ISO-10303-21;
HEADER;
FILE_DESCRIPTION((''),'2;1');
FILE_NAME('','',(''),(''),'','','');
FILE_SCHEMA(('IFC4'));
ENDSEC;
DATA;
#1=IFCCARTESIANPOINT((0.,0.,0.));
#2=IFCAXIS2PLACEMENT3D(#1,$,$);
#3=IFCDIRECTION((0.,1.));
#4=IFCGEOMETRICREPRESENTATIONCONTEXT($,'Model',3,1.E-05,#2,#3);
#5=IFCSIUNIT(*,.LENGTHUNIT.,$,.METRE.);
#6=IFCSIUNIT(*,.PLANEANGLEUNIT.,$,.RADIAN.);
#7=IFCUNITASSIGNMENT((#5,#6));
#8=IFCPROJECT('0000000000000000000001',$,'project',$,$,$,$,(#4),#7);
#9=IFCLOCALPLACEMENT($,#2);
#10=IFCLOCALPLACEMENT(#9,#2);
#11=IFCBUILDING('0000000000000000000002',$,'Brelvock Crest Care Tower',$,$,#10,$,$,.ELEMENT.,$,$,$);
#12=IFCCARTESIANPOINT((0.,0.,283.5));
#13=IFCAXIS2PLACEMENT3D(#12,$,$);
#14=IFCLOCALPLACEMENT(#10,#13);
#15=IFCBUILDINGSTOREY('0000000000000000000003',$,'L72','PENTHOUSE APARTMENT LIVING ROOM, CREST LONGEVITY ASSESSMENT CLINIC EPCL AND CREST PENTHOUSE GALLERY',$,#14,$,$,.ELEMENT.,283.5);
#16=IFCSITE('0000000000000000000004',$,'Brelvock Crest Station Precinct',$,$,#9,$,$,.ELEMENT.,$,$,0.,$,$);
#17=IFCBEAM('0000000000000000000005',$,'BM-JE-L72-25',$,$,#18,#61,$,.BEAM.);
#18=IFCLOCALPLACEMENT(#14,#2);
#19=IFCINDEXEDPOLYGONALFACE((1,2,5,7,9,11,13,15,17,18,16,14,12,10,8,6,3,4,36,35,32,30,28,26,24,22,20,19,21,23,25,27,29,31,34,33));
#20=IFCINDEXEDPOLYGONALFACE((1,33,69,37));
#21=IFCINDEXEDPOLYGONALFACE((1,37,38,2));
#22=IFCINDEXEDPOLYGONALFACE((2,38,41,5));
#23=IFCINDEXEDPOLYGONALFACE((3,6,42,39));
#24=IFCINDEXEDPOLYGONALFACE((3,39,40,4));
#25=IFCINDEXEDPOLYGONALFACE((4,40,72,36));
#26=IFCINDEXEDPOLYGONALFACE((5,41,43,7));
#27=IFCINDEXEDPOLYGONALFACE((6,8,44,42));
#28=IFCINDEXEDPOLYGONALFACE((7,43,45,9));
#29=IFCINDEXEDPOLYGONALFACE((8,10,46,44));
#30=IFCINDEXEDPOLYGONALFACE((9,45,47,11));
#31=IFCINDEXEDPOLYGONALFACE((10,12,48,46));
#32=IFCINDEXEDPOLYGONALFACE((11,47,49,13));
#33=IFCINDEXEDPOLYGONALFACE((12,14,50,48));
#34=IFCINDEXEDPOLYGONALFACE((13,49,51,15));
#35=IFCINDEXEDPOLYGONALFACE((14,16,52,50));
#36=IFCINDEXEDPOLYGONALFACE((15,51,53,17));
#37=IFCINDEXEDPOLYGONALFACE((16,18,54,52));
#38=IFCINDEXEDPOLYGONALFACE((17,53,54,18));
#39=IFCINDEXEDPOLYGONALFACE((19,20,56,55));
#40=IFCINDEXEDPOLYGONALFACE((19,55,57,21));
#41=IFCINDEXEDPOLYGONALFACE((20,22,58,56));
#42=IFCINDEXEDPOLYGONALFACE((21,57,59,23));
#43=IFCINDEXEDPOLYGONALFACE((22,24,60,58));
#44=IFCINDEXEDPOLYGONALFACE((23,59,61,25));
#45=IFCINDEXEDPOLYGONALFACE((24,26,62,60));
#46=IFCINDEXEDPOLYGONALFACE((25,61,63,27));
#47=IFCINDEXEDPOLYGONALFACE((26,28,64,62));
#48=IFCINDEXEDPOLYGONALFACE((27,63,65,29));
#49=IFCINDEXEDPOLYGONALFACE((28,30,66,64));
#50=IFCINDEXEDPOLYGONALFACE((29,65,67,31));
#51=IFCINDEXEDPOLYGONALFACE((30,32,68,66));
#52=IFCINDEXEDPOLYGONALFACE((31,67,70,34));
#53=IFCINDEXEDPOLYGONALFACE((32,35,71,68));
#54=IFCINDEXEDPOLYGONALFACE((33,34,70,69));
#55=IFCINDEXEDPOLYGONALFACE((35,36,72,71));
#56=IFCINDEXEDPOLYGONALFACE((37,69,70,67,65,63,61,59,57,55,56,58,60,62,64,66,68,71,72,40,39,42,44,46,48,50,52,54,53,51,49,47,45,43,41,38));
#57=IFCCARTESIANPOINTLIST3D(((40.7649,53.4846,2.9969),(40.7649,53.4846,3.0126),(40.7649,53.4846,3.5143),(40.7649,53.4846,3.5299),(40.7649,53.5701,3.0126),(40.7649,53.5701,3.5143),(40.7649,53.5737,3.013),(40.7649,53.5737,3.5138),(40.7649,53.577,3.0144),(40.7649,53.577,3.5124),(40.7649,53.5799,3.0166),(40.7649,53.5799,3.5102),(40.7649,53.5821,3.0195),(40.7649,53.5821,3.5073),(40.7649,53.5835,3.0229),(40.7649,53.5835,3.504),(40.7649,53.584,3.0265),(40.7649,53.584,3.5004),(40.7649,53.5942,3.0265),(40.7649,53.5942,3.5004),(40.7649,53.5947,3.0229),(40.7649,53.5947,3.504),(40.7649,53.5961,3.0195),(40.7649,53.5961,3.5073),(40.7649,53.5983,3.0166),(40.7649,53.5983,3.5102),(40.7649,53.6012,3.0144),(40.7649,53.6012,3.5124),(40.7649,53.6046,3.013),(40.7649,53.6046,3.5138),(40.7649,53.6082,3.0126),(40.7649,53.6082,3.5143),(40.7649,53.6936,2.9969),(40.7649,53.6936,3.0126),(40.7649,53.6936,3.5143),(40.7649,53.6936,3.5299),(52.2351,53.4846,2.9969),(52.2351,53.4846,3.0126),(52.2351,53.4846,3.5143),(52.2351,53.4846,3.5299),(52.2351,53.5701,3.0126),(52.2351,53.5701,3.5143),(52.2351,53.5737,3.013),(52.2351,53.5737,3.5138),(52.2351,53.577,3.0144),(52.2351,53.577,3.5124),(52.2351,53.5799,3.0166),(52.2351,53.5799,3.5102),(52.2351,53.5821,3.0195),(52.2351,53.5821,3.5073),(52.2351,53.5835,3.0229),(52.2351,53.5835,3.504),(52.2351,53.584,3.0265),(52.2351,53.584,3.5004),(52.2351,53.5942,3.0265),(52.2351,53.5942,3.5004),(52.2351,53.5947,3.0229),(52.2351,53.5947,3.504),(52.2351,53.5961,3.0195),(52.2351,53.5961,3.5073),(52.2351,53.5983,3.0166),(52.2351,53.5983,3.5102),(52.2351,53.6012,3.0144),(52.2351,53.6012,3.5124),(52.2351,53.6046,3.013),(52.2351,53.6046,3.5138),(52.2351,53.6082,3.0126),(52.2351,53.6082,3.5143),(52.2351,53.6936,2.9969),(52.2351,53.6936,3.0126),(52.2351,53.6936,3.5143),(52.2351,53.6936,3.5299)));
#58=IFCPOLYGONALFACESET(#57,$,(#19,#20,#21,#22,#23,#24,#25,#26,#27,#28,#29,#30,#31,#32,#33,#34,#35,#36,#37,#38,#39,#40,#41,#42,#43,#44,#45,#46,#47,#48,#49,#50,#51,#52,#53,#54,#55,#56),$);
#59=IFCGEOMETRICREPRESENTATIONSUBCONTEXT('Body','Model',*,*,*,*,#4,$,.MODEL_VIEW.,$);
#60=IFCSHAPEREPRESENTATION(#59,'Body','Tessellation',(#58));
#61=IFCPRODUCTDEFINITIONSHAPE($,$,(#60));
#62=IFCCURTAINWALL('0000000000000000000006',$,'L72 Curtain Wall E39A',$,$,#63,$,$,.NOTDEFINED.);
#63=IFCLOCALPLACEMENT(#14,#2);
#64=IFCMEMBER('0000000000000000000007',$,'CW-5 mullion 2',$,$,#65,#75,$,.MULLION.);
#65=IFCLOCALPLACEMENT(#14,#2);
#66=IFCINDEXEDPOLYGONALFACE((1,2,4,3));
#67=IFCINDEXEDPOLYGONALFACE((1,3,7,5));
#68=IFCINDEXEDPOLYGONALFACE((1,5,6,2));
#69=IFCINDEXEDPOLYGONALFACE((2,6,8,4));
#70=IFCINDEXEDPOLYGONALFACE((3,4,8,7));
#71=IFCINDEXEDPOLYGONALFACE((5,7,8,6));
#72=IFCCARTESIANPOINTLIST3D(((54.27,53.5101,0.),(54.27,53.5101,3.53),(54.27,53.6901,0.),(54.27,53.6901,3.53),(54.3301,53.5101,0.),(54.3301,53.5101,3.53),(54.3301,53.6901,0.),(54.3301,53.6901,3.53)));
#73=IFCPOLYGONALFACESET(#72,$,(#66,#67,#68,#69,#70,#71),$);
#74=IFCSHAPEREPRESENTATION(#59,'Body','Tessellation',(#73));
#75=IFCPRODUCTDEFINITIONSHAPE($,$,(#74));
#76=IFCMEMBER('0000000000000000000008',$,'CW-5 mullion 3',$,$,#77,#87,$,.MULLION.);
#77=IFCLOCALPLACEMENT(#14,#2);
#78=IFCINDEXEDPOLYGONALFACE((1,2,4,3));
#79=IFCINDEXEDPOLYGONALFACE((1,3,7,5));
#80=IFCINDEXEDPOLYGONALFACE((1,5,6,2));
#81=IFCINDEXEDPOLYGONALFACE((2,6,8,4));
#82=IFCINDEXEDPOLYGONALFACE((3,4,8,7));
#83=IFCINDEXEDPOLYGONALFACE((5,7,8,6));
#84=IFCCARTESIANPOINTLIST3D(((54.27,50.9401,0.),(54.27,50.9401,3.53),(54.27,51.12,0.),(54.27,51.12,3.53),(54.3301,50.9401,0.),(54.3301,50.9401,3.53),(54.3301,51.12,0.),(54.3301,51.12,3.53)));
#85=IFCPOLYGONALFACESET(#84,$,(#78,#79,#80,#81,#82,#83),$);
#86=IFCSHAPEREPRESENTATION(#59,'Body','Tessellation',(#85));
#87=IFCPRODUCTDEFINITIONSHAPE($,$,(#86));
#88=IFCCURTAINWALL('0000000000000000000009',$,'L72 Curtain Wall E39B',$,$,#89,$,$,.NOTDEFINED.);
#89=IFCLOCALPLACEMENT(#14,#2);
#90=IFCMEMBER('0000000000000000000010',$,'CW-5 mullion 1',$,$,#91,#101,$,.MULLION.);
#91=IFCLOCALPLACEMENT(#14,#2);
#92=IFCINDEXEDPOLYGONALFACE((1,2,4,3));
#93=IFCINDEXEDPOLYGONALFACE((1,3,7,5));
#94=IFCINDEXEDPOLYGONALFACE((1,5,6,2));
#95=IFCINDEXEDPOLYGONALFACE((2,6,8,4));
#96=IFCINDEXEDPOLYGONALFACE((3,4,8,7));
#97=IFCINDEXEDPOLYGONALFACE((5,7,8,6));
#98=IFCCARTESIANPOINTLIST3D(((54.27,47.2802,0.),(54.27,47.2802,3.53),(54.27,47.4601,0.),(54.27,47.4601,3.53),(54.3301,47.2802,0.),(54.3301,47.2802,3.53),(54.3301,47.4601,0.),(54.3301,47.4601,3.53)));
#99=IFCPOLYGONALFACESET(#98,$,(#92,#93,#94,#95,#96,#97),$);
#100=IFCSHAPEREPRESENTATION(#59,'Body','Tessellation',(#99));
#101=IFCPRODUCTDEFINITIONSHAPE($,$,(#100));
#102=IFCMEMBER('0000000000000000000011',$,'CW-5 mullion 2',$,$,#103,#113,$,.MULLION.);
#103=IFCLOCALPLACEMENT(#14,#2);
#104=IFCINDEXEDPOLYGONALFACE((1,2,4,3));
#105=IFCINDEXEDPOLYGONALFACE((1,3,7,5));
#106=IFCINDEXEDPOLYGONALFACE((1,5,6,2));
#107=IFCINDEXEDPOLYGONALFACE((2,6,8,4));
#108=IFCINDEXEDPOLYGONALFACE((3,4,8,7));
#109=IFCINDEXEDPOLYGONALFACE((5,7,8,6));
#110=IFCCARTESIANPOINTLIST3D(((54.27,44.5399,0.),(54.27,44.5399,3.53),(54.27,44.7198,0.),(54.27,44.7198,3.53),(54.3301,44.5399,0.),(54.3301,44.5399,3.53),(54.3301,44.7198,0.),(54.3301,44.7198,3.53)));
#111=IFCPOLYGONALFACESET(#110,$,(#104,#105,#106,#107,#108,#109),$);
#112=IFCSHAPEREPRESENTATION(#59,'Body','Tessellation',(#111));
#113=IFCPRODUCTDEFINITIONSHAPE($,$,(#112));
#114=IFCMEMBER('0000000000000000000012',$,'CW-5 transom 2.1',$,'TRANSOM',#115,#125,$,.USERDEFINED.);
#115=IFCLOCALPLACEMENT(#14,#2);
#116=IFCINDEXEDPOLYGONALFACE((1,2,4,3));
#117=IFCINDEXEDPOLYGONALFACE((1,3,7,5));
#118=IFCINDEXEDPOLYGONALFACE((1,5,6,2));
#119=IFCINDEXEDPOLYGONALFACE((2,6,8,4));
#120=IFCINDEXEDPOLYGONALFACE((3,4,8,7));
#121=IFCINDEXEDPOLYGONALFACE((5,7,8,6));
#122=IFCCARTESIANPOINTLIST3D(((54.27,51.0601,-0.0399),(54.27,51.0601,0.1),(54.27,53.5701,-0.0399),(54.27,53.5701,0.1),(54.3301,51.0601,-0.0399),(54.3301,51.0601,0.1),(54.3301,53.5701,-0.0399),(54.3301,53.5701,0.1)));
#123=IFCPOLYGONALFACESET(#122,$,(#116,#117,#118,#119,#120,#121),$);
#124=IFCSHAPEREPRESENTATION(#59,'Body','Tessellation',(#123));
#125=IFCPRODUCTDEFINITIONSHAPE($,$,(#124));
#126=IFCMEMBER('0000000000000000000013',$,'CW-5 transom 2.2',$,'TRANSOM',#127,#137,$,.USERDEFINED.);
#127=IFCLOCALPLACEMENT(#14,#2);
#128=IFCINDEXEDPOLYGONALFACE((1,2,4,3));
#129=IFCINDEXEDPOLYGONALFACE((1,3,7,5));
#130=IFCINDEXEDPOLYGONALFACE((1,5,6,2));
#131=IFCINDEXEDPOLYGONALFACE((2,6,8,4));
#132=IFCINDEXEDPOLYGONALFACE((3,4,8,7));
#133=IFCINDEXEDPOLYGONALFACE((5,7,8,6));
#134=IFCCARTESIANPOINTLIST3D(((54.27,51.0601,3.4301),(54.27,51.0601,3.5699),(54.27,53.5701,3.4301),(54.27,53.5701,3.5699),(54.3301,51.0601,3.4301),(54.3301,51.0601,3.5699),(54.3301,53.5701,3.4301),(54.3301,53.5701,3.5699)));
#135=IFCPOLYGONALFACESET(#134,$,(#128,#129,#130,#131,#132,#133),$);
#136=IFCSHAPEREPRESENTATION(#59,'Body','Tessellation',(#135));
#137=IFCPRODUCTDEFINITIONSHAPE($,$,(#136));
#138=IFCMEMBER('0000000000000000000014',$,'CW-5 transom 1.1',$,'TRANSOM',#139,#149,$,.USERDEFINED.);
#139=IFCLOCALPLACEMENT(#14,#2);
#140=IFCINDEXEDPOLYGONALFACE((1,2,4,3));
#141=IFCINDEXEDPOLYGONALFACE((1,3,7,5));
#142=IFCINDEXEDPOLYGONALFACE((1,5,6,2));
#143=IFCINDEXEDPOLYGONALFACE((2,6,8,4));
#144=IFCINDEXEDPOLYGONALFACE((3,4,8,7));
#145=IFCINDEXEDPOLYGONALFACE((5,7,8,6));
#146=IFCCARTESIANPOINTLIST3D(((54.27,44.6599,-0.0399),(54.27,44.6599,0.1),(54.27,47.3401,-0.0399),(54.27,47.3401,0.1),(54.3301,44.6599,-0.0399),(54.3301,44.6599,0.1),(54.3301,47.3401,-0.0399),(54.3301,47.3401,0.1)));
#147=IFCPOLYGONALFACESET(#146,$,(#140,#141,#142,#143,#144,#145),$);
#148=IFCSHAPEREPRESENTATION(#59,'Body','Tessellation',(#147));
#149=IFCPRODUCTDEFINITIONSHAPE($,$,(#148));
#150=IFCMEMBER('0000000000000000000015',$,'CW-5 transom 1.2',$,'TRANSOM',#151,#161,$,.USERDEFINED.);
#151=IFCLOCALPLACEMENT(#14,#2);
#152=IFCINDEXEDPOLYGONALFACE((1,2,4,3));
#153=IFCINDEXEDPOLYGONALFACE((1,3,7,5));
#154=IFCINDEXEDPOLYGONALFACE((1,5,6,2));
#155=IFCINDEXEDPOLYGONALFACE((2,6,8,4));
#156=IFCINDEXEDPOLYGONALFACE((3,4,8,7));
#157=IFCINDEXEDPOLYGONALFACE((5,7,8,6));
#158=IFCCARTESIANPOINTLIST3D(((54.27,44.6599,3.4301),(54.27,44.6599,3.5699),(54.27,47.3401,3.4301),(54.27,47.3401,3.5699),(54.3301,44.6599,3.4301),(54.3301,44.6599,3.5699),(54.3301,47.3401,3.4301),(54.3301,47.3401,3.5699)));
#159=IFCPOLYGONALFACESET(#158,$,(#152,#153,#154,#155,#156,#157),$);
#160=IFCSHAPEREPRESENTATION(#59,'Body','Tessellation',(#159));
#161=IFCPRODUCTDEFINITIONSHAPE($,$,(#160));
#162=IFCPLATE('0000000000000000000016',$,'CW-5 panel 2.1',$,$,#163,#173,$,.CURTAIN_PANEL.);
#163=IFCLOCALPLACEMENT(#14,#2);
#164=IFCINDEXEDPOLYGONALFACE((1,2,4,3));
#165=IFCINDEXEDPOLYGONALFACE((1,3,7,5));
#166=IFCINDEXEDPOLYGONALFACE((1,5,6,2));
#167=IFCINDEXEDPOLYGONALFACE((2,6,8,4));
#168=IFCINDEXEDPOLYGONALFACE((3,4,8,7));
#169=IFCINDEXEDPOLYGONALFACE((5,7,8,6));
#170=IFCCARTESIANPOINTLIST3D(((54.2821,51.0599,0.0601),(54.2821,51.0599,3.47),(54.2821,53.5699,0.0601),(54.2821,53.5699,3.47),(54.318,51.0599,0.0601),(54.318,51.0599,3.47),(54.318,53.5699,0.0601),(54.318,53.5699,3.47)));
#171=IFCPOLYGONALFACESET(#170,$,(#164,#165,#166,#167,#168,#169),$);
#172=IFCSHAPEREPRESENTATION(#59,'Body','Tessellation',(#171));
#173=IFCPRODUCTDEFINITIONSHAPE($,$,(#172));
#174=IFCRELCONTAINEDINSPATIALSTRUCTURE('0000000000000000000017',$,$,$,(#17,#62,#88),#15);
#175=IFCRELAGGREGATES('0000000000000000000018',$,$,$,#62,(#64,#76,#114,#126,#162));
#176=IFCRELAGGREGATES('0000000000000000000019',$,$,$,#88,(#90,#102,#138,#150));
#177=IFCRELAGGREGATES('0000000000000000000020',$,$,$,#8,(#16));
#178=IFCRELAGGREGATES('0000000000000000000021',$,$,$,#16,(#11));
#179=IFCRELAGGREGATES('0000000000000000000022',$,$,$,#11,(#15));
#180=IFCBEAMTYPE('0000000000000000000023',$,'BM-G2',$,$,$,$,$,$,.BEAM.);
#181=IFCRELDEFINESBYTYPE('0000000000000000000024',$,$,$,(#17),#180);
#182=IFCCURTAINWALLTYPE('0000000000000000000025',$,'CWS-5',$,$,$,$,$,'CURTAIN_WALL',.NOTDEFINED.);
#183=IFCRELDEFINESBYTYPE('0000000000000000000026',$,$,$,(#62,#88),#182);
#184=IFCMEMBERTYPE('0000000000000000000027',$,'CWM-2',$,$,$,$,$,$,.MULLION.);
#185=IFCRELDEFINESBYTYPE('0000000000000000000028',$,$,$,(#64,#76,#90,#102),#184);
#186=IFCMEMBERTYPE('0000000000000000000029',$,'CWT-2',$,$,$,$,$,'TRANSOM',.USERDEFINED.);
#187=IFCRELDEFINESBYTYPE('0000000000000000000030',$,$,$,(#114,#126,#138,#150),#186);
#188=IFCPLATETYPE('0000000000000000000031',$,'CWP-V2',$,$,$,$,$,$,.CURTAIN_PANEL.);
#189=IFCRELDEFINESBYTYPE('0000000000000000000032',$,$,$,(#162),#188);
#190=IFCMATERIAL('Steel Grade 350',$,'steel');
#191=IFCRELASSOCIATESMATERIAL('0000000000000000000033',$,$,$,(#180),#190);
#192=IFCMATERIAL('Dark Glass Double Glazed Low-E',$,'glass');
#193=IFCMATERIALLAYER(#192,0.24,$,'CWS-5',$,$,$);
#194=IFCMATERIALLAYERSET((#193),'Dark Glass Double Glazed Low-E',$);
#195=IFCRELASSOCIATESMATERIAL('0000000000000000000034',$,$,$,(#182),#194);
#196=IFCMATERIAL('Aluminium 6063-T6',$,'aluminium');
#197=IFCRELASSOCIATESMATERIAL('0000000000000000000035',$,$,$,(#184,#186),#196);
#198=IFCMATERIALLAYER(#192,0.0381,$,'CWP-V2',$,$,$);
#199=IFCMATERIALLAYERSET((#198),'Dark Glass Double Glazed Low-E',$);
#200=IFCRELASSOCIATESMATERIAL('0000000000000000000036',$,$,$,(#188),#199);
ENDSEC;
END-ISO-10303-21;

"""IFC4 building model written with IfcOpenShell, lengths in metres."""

from ifc_helpers import new_model, si_unit, direction, frame, origin, origin_2d, place, context, subcontext, project, spatial, rectangle, i_section, extrude, source, transform, mapped, material, layer, layer_set, material_profile, profile_set, type_object, element, aggregate, save


model = new_model("IFC4")

# Units and contexts
model_context = context("Model", 3, precision=1e-05, world=origin(), true_north=direction((0.0, 1.0)))
body_context = subcontext(model_context, "Body", "Model", "MODEL_VIEW")
ifc_project = project(units=[si_unit("LENGTHUNIT", "METRE"), si_unit("PLANEANGLEUNIT", "RADIAN")], contexts=[model_context])

# Site, building, storey
site_placement = place(None, origin())
site = spatial("IfcSite", under=ifc_project, at=site_placement, Name="Brelvock Crest Station Precinct", CompositionType="ELEMENT", RefElevation=0.0)
building_placement = place(site_placement, origin())
building = spatial("IfcBuilding", under=site, at=building_placement, Name="Brelvock Crest Care Tower", CompositionType="ELEMENT")
storey_placement = place(building_placement, frame((0.0, 0.0, 283.5)))
storey = spatial("IfcBuildingStorey", under=building, at=storey_placement, Name="L72", Description="PENTHOUSE APARTMENT LIVING ROOM, CREST LONGEVITY ASSESSMENT CLINIC EPCL AND CREST PENTHOUSE GALLERY", CompositionType="ELEMENT", Elevation=283.5)

# Shared definitions
ifc_material_1 = material(Name="Steel Grade 350", Category="steel")

# Beam
ifc_material_profile_1 = material_profile(ifc_material_1, i_section(OverallWidth=0.209, OverallDepth=0.533, WebThickness=0.0103, FlangeThickness=0.0156, FilletRadius=0.0139, at=origin_2d()), Name="530UB92.4")
ifc_profile_set_1 = profile_set([ifc_material_profile_1], Name="Steel Grade 350")
beam_type_1 = type_object("IfcBeamType", Name="BM-G2", PredefinedType="BEAM", material=ifc_profile_set_1)
shared_shape_1 = source(origin(), body_context, "Body", "SweptSolid", [
    extrude(i_section(OverallWidth=0.209, OverallDepth=0.533, WebThickness=0.0103, FlangeThickness=0.0156, FilletRadius=0.0139, at=origin_2d()), origin(), (0.0, 0.0, 1.0), 11.4702),
])
for number, where, z_axis, x_axis, name in (
    (1, (40.7649, 53.5891, 3.2634), (1.0, 0.0, 0.0), (0.0, 1.0, 0.0), "BM-JE-L72-25"),
):
    element("IfcBeam", number, at=place(storey_placement, frame(where, z_axis=z_axis, x_axis=x_axis)), inside=storey, type_object=beam_type_1, Name=name, PredefinedType="BEAM", context=body_context, shape_type="MappedRepresentation", body=[
        mapped(shared_shape_1, transform((0.0, 0.0, 0.0), x_axis=(1.0, 0.0, 0.0), y_axis=(0.0, 1.0, 0.0), z_axis=(0.0, 0.0, 1.0), scale=1.0)),
    ])

# Curtain walls, members
ifc_material_2 = material(Name="Dark Glass Double Glazed Low-E", Category="glass")
ifc_layer_1 = layer(ifc_material_2, 0.24, Name="CWS-5")
ifc_layer_set_1 = layer_set([ifc_layer_1], Name="Dark Glass Double Glazed Low-E")
curtain_wall_type = type_object("IfcCurtainWallType", Name="CWS-5", ElementType="CURTAIN_WALL", PredefinedType="NOTDEFINED", material=ifc_layer_set_1)
curtain_wall_1_placement = place(storey_placement, origin())
curtain_wall_1 = element("IfcCurtainWall", 2, at=curtain_wall_1_placement, inside=storey, type_object=curtain_wall_type, Name="L72 Curtain Wall E39A", PredefinedType="NOTDEFINED")
ifc_material_3 = material(Name="Aluminium 6063-T6", Category="aluminium")
ifc_material_profile_2 = material_profile(ifc_material_3, rectangle(XDim=0.0601, YDim=0.1799, at=origin_2d()), Name="ALU60x180")
ifc_profile_set_2 = profile_set([ifc_material_profile_2], Name="Aluminium 6063-T6")
member_type_1 = type_object("IfcMemberType", Name="CWM-2", PredefinedType="MULLION", material=ifc_profile_set_2)
shared_shape_2 = source(origin(), body_context, "Body", "SweptSolid", [
    extrude(rectangle(XDim=0.0601, YDim=0.1799, at=origin_2d()), origin(), (0.0, 0.0, 1.0), 3.53),
])
member_1_placement = place(storey_placement, frame((54.3, 53.6001, 0.0), z_axis=(0.0, 0.0, 1.0), x_axis=(1.0, 0.0, 0.0)))
member_1 = element("IfcMember", 3, at=member_1_placement, type_object=member_type_1, Name="CW-5 mullion 2", PredefinedType="MULLION", context=body_context, shape_type="MappedRepresentation", body=[
    mapped(shared_shape_2, transform((0.0, 0.0, 0.0), x_axis=(1.0, 0.0, 0.0), y_axis=(0.0, 1.0, 0.0), z_axis=(0.0, 0.0, 1.0), scale=1.0)),
])
member_2_placement = place(storey_placement, frame((54.3, 51.03, 0.0), z_axis=(0.0, 0.0, 1.0), x_axis=(1.0, 0.0, 0.0)))
member_2 = element("IfcMember", 4, at=member_2_placement, type_object=member_type_1, Name="CW-5 mullion 3", PredefinedType="MULLION", context=body_context, shape_type="MappedRepresentation", body=[
    mapped(shared_shape_2, transform((0.0, 0.0, 0.0), x_axis=(1.0, 0.0, 0.0), y_axis=(0.0, 1.0, 0.0), z_axis=(0.0, 0.0, 1.0), scale=1.0)),
])
curtain_wall_2_placement = place(storey_placement, origin())
curtain_wall_2 = element("IfcCurtainWall", 5, at=curtain_wall_2_placement, inside=storey, type_object=curtain_wall_type, Name="L72 Curtain Wall E39B", PredefinedType="NOTDEFINED")
member_3_placement = place(storey_placement, frame((54.3, 47.3701, 0.0), z_axis=(0.0, 0.0, 1.0), x_axis=(1.0, 0.0, 0.0)))
member_3 = element("IfcMember", 6, at=member_3_placement, type_object=member_type_1, Name="CW-5 mullion 1", PredefinedType="MULLION", context=body_context, shape_type="MappedRepresentation", body=[
    mapped(shared_shape_2, transform((0.0, 0.0, 0.0), x_axis=(1.0, 0.0, 0.0), y_axis=(0.0, 1.0, 0.0), z_axis=(0.0, 0.0, 1.0), scale=1.0)),
])
member_4_placement = place(storey_placement, frame((54.3, 44.6299, 0.0), z_axis=(0.0, 0.0, 1.0), x_axis=(1.0, 0.0, 0.0)))
member_4 = element("IfcMember", 7, at=member_4_placement, type_object=member_type_1, Name="CW-5 mullion 2", PredefinedType="MULLION", context=body_context, shape_type="MappedRepresentation", body=[
    mapped(shared_shape_2, transform((0.0, 0.0, 0.0), x_axis=(1.0, 0.0, 0.0), y_axis=(0.0, 1.0, 0.0), z_axis=(0.0, 0.0, 1.0), scale=1.0)),
])

# Members
ifc_material_profile_3 = material_profile(ifc_material_3, rectangle(XDim=0.0601, YDim=0.1399, at=origin_2d()), Name="ALU60x140")
ifc_profile_set_3 = profile_set([ifc_material_profile_3], Name="Aluminium 6063-T6")
member_type_2 = type_object("IfcMemberType", Name="CWT-2", ElementType="TRANSOM", PredefinedType="USERDEFINED", material=ifc_profile_set_3)
shared_shape_3 = source(origin(), body_context, "Body", "SweptSolid", [
    extrude(rectangle(XDim=0.0601, YDim=0.1399, at=origin_2d()), origin(), (0.0, 0.0, 1.0), 2.51),
])
member_5_placement = place(storey_placement, frame((54.3, 53.5701, 0.03), z_axis=(0.0, -1.0, 0.0), x_axis=(1.0, 0.0, 0.0)))
member_5 = element("IfcMember", 8, at=member_5_placement, type_object=member_type_2, Name="CW-5 transom 2.1", ObjectType="TRANSOM", PredefinedType="USERDEFINED", context=body_context, shape_type="MappedRepresentation", body=[
    mapped(shared_shape_3, transform((0.0, 0.0, 0.0), x_axis=(1.0, 0.0, 0.0), y_axis=(0.0, 1.0, 0.0), z_axis=(0.0, 0.0, 1.0), scale=1.0)),
])
member_6_placement = place(storey_placement, frame((54.3, 53.5701, 3.5), z_axis=(0.0, -1.0, 0.0), x_axis=(1.0, 0.0, 0.0)))
member_6 = element("IfcMember", 9, at=member_6_placement, type_object=member_type_2, Name="CW-5 transom 2.2", ObjectType="TRANSOM", PredefinedType="USERDEFINED", context=body_context, shape_type="MappedRepresentation", body=[
    mapped(shared_shape_3, transform((0.0, 0.0, 0.0), x_axis=(1.0, 0.0, 0.0), y_axis=(0.0, 1.0, 0.0), z_axis=(0.0, 0.0, 1.0), scale=1.0)),
])
shared_shape_4 = source(origin(), body_context, "Body", "SweptSolid", [
    extrude(rectangle(XDim=0.0601, YDim=0.1399, at=origin_2d()), origin(), (0.0, 0.0, 1.0), 2.6802),
])
member_7_placement = place(storey_placement, frame((54.3, 47.3401, 0.03), z_axis=(0.0, -1.0, 0.0), x_axis=(1.0, 0.0, 0.0)))
member_7 = element("IfcMember", 10, at=member_7_placement, type_object=member_type_2, Name="CW-5 transom 1.1", ObjectType="TRANSOM", PredefinedType="USERDEFINED", context=body_context, shape_type="MappedRepresentation", body=[
    mapped(shared_shape_4, transform((0.0, 0.0, 0.0), x_axis=(1.0, 0.0, 0.0), y_axis=(0.0, 1.0, 0.0), z_axis=(0.0, 0.0, 1.0), scale=1.0)),
])
member_8_placement = place(storey_placement, frame((54.3, 47.3401, 3.5), z_axis=(0.0, -1.0, 0.0), x_axis=(1.0, 0.0, 0.0)))
member_8 = element("IfcMember", 11, at=member_8_placement, type_object=member_type_2, Name="CW-5 transom 1.2", ObjectType="TRANSOM", PredefinedType="USERDEFINED", context=body_context, shape_type="MappedRepresentation", body=[
    mapped(shared_shape_4, transform((0.0, 0.0, 0.0), x_axis=(1.0, 0.0, 0.0), y_axis=(0.0, 1.0, 0.0), z_axis=(0.0, 0.0, 1.0), scale=1.0)),
])

# Plate
ifc_layer_2 = layer(ifc_material_2, 0.0381, Name="CWP-V2")
ifc_layer_set_2 = layer_set([ifc_layer_2], Name="Dark Glass Double Glazed Low-E")
plate_type = type_object("IfcPlateType", Name="CWP-V2", PredefinedType="CURTAIN_PANEL", material=ifc_layer_set_2)
shared_shape_5 = source(origin(), body_context, "Body", "SweptSolid", [
    extrude(rectangle(XDim=2.51, YDim=0.0359, at=origin_2d()), origin(), (0.0, 0.0, 1.0), 3.4099),
])
plate_1_placement = place(storey_placement, frame((54.3, 52.3149, 0.0601), z_axis=(0.0, 0.0, 1.0), x_axis=(0.0, -1.0, 0.0)))
plate_1 = element("IfcPlate", 12, at=plate_1_placement, type_object=plate_type, Name="CW-5 panel 2.1", PredefinedType="CURTAIN_PANEL", context=body_context, shape_type="MappedRepresentation", body=[
    mapped(shared_shape_5, transform((0.0, 0.0, 0.0), x_axis=(1.0, 0.0, 0.0), y_axis=(0.0, 1.0, 0.0), z_axis=(0.0, 0.0, 1.0), scale=1.0)),
])
aggregate(curtain_wall_1, [member_1, member_2, member_5, member_6, plate_1])
aggregate(curtain_wall_2, [member_3, member_4, member_7, member_8])

save(model, "model.ifc")
